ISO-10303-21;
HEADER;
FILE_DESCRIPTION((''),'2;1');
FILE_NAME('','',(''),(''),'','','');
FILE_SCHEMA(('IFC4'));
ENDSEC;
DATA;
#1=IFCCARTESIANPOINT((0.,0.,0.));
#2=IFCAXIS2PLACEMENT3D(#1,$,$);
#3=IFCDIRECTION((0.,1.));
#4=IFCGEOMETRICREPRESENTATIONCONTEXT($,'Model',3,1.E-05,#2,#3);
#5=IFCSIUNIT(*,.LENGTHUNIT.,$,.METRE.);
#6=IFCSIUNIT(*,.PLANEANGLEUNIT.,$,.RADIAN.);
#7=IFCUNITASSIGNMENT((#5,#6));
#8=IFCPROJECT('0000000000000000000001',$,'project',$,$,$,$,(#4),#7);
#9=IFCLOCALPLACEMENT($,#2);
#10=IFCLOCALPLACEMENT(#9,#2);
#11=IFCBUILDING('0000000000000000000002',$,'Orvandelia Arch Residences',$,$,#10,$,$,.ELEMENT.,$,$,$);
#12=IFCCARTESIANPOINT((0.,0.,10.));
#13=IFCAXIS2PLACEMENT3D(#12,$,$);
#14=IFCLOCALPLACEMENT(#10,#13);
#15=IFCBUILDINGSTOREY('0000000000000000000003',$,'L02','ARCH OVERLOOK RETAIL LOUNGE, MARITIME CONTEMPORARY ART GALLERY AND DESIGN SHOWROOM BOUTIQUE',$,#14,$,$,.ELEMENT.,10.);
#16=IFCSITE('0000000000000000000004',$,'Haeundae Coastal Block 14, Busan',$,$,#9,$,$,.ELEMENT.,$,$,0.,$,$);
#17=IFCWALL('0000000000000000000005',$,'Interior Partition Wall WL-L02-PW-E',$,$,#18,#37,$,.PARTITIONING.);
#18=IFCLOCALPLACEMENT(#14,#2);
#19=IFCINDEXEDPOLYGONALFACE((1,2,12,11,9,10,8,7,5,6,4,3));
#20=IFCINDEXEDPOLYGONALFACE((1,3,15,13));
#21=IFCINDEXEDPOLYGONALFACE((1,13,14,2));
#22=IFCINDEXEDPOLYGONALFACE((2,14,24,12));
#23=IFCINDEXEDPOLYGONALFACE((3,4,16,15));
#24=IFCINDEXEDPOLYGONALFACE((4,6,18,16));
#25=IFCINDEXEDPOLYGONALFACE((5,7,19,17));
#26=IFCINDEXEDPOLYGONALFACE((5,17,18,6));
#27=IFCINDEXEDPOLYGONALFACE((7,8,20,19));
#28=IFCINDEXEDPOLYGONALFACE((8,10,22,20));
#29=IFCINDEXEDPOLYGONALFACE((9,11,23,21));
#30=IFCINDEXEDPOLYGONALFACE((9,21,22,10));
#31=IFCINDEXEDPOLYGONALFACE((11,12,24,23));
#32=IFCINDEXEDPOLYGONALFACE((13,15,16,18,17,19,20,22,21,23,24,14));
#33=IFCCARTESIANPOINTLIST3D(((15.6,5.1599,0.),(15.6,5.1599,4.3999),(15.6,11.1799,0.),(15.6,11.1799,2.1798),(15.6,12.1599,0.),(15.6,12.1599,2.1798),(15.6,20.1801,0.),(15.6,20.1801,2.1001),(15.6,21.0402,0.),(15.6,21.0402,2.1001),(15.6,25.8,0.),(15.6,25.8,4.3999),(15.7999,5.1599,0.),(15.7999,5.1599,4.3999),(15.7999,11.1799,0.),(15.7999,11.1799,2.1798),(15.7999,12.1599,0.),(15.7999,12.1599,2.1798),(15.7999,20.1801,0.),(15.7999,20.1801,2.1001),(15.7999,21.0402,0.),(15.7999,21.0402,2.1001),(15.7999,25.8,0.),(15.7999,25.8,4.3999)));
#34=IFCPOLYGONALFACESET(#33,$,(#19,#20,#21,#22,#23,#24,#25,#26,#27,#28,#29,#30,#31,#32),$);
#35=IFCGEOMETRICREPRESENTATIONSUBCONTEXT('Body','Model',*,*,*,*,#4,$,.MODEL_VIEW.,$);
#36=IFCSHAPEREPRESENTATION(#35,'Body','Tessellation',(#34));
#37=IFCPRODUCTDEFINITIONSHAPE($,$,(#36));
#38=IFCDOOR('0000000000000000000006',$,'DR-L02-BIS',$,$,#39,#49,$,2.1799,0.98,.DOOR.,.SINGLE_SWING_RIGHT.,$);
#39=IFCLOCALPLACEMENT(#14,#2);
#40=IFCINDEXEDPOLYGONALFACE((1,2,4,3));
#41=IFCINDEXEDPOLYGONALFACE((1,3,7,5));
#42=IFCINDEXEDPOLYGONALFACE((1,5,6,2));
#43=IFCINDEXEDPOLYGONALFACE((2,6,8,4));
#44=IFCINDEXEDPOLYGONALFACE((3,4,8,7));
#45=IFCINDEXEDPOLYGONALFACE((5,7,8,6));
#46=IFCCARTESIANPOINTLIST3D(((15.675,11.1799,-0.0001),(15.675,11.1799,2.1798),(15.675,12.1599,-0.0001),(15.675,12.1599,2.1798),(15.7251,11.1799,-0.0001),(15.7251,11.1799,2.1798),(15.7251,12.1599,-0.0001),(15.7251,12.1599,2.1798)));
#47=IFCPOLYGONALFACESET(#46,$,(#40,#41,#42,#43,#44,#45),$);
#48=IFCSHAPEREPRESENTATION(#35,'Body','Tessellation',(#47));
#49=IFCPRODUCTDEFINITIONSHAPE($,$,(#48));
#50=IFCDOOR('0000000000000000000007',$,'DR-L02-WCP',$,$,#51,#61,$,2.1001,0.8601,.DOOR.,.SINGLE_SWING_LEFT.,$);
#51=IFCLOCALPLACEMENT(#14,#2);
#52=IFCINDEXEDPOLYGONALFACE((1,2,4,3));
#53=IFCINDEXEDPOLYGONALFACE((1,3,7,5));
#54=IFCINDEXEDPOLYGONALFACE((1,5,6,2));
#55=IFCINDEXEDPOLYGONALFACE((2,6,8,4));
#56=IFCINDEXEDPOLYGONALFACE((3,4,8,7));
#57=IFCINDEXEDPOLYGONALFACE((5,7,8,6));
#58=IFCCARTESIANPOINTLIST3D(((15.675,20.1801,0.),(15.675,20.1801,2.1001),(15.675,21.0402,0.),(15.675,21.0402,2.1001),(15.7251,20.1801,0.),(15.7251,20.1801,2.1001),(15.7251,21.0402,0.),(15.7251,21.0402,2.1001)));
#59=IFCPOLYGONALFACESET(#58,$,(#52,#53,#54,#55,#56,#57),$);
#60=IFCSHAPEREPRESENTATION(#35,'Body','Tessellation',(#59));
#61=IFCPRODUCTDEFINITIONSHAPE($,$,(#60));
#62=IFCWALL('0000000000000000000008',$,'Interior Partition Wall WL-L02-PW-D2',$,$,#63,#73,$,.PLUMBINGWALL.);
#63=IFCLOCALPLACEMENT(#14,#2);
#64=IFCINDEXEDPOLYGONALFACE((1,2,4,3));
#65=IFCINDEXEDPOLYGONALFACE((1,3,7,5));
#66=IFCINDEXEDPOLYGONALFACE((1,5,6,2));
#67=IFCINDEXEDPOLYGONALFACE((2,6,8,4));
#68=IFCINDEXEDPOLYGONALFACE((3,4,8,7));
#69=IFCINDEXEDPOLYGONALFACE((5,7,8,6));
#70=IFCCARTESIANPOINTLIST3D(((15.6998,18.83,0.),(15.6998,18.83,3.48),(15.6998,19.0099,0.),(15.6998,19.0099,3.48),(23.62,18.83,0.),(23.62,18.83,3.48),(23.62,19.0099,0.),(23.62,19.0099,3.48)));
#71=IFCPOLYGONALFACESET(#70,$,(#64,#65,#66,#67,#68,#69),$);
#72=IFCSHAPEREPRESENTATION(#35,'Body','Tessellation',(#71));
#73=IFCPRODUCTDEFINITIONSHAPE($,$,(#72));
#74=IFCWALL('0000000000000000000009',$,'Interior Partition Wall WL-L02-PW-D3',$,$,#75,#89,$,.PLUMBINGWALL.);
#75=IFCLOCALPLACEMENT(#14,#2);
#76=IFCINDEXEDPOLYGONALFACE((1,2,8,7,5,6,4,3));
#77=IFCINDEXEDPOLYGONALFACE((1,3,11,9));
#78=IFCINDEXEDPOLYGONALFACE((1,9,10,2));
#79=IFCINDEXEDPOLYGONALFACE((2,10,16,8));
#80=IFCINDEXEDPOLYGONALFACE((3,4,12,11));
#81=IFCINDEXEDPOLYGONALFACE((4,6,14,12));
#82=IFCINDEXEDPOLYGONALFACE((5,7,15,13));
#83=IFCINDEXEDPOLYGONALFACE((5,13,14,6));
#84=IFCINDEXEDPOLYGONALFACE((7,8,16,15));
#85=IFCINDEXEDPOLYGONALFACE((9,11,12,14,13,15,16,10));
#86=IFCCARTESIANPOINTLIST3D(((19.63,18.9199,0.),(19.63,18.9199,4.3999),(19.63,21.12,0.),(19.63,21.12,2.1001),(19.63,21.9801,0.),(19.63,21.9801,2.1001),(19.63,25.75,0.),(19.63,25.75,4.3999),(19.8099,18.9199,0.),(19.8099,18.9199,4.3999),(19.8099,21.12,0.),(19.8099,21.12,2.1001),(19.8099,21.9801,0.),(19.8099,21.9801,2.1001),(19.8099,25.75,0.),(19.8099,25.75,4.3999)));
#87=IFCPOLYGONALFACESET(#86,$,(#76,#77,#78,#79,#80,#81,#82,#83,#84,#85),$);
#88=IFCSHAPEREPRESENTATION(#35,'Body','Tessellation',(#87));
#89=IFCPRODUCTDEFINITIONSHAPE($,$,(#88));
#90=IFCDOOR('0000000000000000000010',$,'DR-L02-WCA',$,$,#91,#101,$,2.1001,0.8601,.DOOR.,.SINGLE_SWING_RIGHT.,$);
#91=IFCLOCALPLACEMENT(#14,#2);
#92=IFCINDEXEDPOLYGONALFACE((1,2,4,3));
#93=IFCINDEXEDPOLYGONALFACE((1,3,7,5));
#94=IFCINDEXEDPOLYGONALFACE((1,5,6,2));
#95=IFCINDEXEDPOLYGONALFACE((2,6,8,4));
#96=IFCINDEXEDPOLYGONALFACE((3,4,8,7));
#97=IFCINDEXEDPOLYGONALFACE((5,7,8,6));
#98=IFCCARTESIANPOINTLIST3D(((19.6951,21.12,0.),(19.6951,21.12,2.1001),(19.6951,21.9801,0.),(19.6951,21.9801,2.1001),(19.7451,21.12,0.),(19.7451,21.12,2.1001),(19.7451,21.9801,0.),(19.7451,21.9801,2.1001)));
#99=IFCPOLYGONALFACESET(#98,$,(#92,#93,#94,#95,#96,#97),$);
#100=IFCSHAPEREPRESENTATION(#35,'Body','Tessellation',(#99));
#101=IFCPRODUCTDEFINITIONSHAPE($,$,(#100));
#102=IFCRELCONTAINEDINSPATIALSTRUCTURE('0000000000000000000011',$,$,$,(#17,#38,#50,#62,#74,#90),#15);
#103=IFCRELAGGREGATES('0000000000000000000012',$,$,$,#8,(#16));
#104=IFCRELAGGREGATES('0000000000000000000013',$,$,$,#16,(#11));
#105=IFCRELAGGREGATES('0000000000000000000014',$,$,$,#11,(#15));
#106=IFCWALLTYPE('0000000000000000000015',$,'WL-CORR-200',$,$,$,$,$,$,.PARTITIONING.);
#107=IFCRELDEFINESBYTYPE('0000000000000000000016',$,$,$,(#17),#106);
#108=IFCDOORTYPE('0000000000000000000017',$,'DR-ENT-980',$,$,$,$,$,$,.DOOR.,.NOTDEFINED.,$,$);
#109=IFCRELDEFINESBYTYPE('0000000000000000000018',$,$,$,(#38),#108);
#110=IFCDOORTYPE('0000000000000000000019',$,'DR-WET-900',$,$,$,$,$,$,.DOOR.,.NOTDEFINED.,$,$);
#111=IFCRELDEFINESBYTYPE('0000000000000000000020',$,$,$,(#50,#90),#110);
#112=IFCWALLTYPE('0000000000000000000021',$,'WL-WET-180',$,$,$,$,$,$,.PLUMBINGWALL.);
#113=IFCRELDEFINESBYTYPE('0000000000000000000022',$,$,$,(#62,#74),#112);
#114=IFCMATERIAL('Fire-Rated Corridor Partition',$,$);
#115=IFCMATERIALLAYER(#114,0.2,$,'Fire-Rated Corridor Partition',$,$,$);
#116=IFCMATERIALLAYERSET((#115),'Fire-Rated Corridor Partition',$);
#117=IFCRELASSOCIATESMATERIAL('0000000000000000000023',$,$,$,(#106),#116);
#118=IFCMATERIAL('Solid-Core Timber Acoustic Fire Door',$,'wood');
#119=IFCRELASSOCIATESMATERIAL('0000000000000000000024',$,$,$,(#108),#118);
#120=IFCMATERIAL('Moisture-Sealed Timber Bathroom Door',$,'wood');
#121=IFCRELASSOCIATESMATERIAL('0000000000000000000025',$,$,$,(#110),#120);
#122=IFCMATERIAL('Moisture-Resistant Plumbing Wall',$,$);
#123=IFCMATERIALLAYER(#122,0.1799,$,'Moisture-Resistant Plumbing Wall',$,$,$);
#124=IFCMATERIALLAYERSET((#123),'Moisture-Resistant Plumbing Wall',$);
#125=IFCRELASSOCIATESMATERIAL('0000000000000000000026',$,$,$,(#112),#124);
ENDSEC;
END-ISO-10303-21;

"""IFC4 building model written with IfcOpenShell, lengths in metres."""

from ifc_helpers import new_model, si_unit, direction, frame, frame_2d, origin, place, context, subcontext, project, spatial, rectangle, extrude, material, layer, layer_set, type_object, element, fill, save


model = new_model("IFC4")

# Units and contexts
model_context = context("Model", 3, precision=1e-05, world=origin(), true_north=direction((0.0, 1.0)))
body_context = subcontext(model_context, "Body", "Model", "MODEL_VIEW")
ifc_project = project(units=[si_unit("LENGTHUNIT", "METRE"), si_unit("PLANEANGLEUNIT", "RADIAN")], contexts=[model_context])

# Site, building, storey
site_placement = place(None, origin())
site = spatial("IfcSite", under=ifc_project, at=site_placement, Name="Haeundae Coastal Block 14, Busan", CompositionType="ELEMENT", RefElevation=0.0)
building_placement = place(site_placement, origin())
building = spatial("IfcBuilding", under=site, at=building_placement, Name="Orvandelia Arch Residences", CompositionType="ELEMENT")
storey_placement = place(building_placement, frame((0.0, 0.0, 10.0)))
storey = spatial("IfcBuildingStorey", under=building, at=storey_placement, Name="L02", Description="ARCH OVERLOOK RETAIL LOUNGE, MARITIME CONTEMPORARY ART GALLERY AND DESIGN SHOWROOM BOUTIQUE", CompositionType="ELEMENT", Elevation=10.0)

# Wall, openings, doors
ifc_material_1 = material(Name="Fire-Rated Corridor Partition")
ifc_layer_1 = layer(ifc_material_1, 0.2, Name="Fire-Rated Corridor Partition")
ifc_layer_set_1 = layer_set([ifc_layer_1], Name="Fire-Rated Corridor Partition")
wall_type_1 = type_object("IfcWallType", Name="WL-CORR-200", PredefinedType="PARTITIONING", material=ifc_layer_set_1)
ifc_material_2 = material(Name="Solid-Core Timber Acoustic Fire Door", Category="wood")
door_type_1 = type_object("IfcDoorType", Name="DR-ENT-980", OperationType="NOTDEFINED", PredefinedType="DOOR", material=ifc_material_2)
wall_1_placement = place(storey_placement, frame((15.7, 5.1599, 0.0), z_axis=(0.0, 0.0, 1.0), x_axis=(0.0, 1.0, 0.0)))
wall_1 = element("IfcWall", 1, at=wall_1_placement, inside=storey, type_object=wall_type_1, Name="Interior Partition Wall WL-L02-PW-E", PredefinedType="PARTITIONING", context=body_context, shape_type="SweptSolid", body=[
    extrude(rectangle(XDim=20.6401, YDim=0.2, at=frame_2d((10.3201, 0.0))), origin(), (0.0, 0.0, 1.0), 4.3999),
])
opening_1_placement = place(wall_1_placement, frame((6.02, 0.0, 0.0)))
opening_1 = element("IfcOpeningElement", 2, at=opening_1_placement, cuts=wall_1, PredefinedType="OPENING", context=body_context, shape_type="SweptSolid", body=[
    extrude(rectangle(XDim=0.98, YDim=2.1799, at=frame_2d((0.49, 1.0898))), frame((0.0, 0.1099, 0.0), z_axis=(0.0, -1.0, 0.0), x_axis=(1.0, 0.0, 0.0)), (0.0, 0.0, 1.0), 0.22),
])
opening_2_placement = place(wall_1_placement, frame((15.02, 0.0, 0.0)))
opening_2 = element("IfcOpeningElement", 3, at=opening_2_placement, cuts=wall_1, PredefinedType="OPENING", context=body_context, shape_type="SweptSolid", body=[
    extrude(rectangle(XDim=0.8601, YDim=2.1001, at=frame_2d((0.4302, 1.05))), frame((0.0, 0.1099, 0.0), z_axis=(0.0, -1.0, 0.0), x_axis=(1.0, 0.0, 0.0)), (0.0, 0.0, 1.0), 0.22),
])
door_1_placement = place(opening_1_placement, origin())
door_1 = element("IfcDoor", 4, at=door_1_placement, inside=storey, type_object=door_type_1, Name="DR-L02-BIS", OperationType="SINGLE_SWING_RIGHT", OverallHeight=2.1799, OverallWidth=0.98, PredefinedType="DOOR", context=body_context, shape_type="SweptSolid", body=[
    extrude(rectangle(XDim=0.98, YDim=2.1799, at=frame_2d((0.49, 1.0898))), frame((0.0, 0.0249, 0.0), z_axis=(0.0, -1.0, 0.0), x_axis=(1.0, 0.0, 0.0)), (0.0, 0.0, 1.0), 0.05),
])
fill(opening_1, door_1)
ifc_material_3 = material(Name="Moisture-Sealed Timber Bathroom Door", Category="wood")
door_type_2 = type_object("IfcDoorType", Name="DR-WET-900", OperationType="NOTDEFINED", PredefinedType="DOOR", material=ifc_material_3)
door_2_placement = place(opening_2_placement, origin())
door_2 = element("IfcDoor", 5, at=door_2_placement, inside=storey, type_object=door_type_2, Name="DR-L02-WCP", OperationType="SINGLE_SWING_LEFT", OverallHeight=2.1001, OverallWidth=0.8601, PredefinedType="DOOR", context=body_context, shape_type="SweptSolid", body=[
    extrude(rectangle(XDim=0.8601, YDim=2.1001, at=frame_2d((0.4302, 1.05))), frame((0.0, 0.0249, 0.0), z_axis=(0.0, -1.0, 0.0), x_axis=(1.0, 0.0, 0.0)), (0.0, 0.0, 1.0), 0.05),
])
fill(opening_2, door_2)

# Wall
ifc_material_4 = material(Name="Moisture-Resistant Plumbing Wall")
ifc_layer_2 = layer(ifc_material_4, 0.1799, Name="Moisture-Resistant Plumbing Wall")
ifc_layer_set_2 = layer_set([ifc_layer_2], Name="Moisture-Resistant Plumbing Wall")
wall_type_2 = type_object("IfcWallType", Name="WL-WET-180", PredefinedType="PLUMBINGWALL", material=ifc_layer_set_2)
wall_2_placement = place(storey_placement, frame((15.7, 18.9199, 0.0), z_axis=(0.0, 0.0, 1.0), x_axis=(1.0, 0.0, 0.0)))
element("IfcWall", 6, at=wall_2_placement, inside=storey, type_object=wall_type_2, Name="Interior Partition Wall WL-L02-PW-D2", PredefinedType="PLUMBINGWALL", context=body_context, shape_type="SweptSolid", body=[
    extrude(rectangle(XDim=7.9202, YDim=0.1799, at=frame_2d((3.96, 0.0))), origin(), (0.0, 0.0, 1.0), 3.48),
])

# Wall, opening, door
wall_3_placement = place(storey_placement, frame((19.72, 18.9199, 0.0), z_axis=(0.0, 0.0, 1.0), x_axis=(0.0, 1.0, 0.0)))
wall_3 = element("IfcWall", 7, at=wall_3_placement, inside=storey, type_object=wall_type_2, Name="Interior Partition Wall WL-L02-PW-D3", PredefinedType="PLUMBINGWALL", context=body_context, shape_type="SweptSolid", body=[
    extrude(rectangle(XDim=6.8301, YDim=0.1799, at=frame_2d((3.415, 0.0))), origin(), (0.0, 0.0, 1.0), 4.3999),
])
opening_3_placement = place(wall_3_placement, frame((2.2, 0.0, 0.0)))
opening_3 = element("IfcOpeningElement", 8, at=opening_3_placement, cuts=wall_3, PredefinedType="OPENING", context=body_context, shape_type="SweptSolid", body=[
    extrude(rectangle(XDim=0.8601, YDim=2.1001, at=frame_2d((0.4302, 1.05))), frame((0.0, 0.1001, 0.0), z_axis=(0.0, -1.0, 0.0), x_axis=(1.0, 0.0, 0.0)), (0.0, 0.0, 1.0), 0.2),
])
door_3_placement = place(opening_3_placement, origin())
door_3 = element("IfcDoor", 9, at=door_3_placement, inside=storey, type_object=door_type_2, Name="DR-L02-WCA", OperationType="SINGLE_SWING_RIGHT", OverallHeight=2.1001, OverallWidth=0.8601, PredefinedType="DOOR", context=body_context, shape_type="SweptSolid", body=[
    extrude(rectangle(XDim=0.8601, YDim=2.1001, at=frame_2d((0.4302, 1.05))), frame((0.0, 0.0249, 0.0), z_axis=(0.0, -1.0, 0.0), x_axis=(1.0, 0.0, 0.0)), (0.0, 0.0, 1.0), 0.05),
])
fill(opening_3, door_3)

save(model, "model.ifc")
